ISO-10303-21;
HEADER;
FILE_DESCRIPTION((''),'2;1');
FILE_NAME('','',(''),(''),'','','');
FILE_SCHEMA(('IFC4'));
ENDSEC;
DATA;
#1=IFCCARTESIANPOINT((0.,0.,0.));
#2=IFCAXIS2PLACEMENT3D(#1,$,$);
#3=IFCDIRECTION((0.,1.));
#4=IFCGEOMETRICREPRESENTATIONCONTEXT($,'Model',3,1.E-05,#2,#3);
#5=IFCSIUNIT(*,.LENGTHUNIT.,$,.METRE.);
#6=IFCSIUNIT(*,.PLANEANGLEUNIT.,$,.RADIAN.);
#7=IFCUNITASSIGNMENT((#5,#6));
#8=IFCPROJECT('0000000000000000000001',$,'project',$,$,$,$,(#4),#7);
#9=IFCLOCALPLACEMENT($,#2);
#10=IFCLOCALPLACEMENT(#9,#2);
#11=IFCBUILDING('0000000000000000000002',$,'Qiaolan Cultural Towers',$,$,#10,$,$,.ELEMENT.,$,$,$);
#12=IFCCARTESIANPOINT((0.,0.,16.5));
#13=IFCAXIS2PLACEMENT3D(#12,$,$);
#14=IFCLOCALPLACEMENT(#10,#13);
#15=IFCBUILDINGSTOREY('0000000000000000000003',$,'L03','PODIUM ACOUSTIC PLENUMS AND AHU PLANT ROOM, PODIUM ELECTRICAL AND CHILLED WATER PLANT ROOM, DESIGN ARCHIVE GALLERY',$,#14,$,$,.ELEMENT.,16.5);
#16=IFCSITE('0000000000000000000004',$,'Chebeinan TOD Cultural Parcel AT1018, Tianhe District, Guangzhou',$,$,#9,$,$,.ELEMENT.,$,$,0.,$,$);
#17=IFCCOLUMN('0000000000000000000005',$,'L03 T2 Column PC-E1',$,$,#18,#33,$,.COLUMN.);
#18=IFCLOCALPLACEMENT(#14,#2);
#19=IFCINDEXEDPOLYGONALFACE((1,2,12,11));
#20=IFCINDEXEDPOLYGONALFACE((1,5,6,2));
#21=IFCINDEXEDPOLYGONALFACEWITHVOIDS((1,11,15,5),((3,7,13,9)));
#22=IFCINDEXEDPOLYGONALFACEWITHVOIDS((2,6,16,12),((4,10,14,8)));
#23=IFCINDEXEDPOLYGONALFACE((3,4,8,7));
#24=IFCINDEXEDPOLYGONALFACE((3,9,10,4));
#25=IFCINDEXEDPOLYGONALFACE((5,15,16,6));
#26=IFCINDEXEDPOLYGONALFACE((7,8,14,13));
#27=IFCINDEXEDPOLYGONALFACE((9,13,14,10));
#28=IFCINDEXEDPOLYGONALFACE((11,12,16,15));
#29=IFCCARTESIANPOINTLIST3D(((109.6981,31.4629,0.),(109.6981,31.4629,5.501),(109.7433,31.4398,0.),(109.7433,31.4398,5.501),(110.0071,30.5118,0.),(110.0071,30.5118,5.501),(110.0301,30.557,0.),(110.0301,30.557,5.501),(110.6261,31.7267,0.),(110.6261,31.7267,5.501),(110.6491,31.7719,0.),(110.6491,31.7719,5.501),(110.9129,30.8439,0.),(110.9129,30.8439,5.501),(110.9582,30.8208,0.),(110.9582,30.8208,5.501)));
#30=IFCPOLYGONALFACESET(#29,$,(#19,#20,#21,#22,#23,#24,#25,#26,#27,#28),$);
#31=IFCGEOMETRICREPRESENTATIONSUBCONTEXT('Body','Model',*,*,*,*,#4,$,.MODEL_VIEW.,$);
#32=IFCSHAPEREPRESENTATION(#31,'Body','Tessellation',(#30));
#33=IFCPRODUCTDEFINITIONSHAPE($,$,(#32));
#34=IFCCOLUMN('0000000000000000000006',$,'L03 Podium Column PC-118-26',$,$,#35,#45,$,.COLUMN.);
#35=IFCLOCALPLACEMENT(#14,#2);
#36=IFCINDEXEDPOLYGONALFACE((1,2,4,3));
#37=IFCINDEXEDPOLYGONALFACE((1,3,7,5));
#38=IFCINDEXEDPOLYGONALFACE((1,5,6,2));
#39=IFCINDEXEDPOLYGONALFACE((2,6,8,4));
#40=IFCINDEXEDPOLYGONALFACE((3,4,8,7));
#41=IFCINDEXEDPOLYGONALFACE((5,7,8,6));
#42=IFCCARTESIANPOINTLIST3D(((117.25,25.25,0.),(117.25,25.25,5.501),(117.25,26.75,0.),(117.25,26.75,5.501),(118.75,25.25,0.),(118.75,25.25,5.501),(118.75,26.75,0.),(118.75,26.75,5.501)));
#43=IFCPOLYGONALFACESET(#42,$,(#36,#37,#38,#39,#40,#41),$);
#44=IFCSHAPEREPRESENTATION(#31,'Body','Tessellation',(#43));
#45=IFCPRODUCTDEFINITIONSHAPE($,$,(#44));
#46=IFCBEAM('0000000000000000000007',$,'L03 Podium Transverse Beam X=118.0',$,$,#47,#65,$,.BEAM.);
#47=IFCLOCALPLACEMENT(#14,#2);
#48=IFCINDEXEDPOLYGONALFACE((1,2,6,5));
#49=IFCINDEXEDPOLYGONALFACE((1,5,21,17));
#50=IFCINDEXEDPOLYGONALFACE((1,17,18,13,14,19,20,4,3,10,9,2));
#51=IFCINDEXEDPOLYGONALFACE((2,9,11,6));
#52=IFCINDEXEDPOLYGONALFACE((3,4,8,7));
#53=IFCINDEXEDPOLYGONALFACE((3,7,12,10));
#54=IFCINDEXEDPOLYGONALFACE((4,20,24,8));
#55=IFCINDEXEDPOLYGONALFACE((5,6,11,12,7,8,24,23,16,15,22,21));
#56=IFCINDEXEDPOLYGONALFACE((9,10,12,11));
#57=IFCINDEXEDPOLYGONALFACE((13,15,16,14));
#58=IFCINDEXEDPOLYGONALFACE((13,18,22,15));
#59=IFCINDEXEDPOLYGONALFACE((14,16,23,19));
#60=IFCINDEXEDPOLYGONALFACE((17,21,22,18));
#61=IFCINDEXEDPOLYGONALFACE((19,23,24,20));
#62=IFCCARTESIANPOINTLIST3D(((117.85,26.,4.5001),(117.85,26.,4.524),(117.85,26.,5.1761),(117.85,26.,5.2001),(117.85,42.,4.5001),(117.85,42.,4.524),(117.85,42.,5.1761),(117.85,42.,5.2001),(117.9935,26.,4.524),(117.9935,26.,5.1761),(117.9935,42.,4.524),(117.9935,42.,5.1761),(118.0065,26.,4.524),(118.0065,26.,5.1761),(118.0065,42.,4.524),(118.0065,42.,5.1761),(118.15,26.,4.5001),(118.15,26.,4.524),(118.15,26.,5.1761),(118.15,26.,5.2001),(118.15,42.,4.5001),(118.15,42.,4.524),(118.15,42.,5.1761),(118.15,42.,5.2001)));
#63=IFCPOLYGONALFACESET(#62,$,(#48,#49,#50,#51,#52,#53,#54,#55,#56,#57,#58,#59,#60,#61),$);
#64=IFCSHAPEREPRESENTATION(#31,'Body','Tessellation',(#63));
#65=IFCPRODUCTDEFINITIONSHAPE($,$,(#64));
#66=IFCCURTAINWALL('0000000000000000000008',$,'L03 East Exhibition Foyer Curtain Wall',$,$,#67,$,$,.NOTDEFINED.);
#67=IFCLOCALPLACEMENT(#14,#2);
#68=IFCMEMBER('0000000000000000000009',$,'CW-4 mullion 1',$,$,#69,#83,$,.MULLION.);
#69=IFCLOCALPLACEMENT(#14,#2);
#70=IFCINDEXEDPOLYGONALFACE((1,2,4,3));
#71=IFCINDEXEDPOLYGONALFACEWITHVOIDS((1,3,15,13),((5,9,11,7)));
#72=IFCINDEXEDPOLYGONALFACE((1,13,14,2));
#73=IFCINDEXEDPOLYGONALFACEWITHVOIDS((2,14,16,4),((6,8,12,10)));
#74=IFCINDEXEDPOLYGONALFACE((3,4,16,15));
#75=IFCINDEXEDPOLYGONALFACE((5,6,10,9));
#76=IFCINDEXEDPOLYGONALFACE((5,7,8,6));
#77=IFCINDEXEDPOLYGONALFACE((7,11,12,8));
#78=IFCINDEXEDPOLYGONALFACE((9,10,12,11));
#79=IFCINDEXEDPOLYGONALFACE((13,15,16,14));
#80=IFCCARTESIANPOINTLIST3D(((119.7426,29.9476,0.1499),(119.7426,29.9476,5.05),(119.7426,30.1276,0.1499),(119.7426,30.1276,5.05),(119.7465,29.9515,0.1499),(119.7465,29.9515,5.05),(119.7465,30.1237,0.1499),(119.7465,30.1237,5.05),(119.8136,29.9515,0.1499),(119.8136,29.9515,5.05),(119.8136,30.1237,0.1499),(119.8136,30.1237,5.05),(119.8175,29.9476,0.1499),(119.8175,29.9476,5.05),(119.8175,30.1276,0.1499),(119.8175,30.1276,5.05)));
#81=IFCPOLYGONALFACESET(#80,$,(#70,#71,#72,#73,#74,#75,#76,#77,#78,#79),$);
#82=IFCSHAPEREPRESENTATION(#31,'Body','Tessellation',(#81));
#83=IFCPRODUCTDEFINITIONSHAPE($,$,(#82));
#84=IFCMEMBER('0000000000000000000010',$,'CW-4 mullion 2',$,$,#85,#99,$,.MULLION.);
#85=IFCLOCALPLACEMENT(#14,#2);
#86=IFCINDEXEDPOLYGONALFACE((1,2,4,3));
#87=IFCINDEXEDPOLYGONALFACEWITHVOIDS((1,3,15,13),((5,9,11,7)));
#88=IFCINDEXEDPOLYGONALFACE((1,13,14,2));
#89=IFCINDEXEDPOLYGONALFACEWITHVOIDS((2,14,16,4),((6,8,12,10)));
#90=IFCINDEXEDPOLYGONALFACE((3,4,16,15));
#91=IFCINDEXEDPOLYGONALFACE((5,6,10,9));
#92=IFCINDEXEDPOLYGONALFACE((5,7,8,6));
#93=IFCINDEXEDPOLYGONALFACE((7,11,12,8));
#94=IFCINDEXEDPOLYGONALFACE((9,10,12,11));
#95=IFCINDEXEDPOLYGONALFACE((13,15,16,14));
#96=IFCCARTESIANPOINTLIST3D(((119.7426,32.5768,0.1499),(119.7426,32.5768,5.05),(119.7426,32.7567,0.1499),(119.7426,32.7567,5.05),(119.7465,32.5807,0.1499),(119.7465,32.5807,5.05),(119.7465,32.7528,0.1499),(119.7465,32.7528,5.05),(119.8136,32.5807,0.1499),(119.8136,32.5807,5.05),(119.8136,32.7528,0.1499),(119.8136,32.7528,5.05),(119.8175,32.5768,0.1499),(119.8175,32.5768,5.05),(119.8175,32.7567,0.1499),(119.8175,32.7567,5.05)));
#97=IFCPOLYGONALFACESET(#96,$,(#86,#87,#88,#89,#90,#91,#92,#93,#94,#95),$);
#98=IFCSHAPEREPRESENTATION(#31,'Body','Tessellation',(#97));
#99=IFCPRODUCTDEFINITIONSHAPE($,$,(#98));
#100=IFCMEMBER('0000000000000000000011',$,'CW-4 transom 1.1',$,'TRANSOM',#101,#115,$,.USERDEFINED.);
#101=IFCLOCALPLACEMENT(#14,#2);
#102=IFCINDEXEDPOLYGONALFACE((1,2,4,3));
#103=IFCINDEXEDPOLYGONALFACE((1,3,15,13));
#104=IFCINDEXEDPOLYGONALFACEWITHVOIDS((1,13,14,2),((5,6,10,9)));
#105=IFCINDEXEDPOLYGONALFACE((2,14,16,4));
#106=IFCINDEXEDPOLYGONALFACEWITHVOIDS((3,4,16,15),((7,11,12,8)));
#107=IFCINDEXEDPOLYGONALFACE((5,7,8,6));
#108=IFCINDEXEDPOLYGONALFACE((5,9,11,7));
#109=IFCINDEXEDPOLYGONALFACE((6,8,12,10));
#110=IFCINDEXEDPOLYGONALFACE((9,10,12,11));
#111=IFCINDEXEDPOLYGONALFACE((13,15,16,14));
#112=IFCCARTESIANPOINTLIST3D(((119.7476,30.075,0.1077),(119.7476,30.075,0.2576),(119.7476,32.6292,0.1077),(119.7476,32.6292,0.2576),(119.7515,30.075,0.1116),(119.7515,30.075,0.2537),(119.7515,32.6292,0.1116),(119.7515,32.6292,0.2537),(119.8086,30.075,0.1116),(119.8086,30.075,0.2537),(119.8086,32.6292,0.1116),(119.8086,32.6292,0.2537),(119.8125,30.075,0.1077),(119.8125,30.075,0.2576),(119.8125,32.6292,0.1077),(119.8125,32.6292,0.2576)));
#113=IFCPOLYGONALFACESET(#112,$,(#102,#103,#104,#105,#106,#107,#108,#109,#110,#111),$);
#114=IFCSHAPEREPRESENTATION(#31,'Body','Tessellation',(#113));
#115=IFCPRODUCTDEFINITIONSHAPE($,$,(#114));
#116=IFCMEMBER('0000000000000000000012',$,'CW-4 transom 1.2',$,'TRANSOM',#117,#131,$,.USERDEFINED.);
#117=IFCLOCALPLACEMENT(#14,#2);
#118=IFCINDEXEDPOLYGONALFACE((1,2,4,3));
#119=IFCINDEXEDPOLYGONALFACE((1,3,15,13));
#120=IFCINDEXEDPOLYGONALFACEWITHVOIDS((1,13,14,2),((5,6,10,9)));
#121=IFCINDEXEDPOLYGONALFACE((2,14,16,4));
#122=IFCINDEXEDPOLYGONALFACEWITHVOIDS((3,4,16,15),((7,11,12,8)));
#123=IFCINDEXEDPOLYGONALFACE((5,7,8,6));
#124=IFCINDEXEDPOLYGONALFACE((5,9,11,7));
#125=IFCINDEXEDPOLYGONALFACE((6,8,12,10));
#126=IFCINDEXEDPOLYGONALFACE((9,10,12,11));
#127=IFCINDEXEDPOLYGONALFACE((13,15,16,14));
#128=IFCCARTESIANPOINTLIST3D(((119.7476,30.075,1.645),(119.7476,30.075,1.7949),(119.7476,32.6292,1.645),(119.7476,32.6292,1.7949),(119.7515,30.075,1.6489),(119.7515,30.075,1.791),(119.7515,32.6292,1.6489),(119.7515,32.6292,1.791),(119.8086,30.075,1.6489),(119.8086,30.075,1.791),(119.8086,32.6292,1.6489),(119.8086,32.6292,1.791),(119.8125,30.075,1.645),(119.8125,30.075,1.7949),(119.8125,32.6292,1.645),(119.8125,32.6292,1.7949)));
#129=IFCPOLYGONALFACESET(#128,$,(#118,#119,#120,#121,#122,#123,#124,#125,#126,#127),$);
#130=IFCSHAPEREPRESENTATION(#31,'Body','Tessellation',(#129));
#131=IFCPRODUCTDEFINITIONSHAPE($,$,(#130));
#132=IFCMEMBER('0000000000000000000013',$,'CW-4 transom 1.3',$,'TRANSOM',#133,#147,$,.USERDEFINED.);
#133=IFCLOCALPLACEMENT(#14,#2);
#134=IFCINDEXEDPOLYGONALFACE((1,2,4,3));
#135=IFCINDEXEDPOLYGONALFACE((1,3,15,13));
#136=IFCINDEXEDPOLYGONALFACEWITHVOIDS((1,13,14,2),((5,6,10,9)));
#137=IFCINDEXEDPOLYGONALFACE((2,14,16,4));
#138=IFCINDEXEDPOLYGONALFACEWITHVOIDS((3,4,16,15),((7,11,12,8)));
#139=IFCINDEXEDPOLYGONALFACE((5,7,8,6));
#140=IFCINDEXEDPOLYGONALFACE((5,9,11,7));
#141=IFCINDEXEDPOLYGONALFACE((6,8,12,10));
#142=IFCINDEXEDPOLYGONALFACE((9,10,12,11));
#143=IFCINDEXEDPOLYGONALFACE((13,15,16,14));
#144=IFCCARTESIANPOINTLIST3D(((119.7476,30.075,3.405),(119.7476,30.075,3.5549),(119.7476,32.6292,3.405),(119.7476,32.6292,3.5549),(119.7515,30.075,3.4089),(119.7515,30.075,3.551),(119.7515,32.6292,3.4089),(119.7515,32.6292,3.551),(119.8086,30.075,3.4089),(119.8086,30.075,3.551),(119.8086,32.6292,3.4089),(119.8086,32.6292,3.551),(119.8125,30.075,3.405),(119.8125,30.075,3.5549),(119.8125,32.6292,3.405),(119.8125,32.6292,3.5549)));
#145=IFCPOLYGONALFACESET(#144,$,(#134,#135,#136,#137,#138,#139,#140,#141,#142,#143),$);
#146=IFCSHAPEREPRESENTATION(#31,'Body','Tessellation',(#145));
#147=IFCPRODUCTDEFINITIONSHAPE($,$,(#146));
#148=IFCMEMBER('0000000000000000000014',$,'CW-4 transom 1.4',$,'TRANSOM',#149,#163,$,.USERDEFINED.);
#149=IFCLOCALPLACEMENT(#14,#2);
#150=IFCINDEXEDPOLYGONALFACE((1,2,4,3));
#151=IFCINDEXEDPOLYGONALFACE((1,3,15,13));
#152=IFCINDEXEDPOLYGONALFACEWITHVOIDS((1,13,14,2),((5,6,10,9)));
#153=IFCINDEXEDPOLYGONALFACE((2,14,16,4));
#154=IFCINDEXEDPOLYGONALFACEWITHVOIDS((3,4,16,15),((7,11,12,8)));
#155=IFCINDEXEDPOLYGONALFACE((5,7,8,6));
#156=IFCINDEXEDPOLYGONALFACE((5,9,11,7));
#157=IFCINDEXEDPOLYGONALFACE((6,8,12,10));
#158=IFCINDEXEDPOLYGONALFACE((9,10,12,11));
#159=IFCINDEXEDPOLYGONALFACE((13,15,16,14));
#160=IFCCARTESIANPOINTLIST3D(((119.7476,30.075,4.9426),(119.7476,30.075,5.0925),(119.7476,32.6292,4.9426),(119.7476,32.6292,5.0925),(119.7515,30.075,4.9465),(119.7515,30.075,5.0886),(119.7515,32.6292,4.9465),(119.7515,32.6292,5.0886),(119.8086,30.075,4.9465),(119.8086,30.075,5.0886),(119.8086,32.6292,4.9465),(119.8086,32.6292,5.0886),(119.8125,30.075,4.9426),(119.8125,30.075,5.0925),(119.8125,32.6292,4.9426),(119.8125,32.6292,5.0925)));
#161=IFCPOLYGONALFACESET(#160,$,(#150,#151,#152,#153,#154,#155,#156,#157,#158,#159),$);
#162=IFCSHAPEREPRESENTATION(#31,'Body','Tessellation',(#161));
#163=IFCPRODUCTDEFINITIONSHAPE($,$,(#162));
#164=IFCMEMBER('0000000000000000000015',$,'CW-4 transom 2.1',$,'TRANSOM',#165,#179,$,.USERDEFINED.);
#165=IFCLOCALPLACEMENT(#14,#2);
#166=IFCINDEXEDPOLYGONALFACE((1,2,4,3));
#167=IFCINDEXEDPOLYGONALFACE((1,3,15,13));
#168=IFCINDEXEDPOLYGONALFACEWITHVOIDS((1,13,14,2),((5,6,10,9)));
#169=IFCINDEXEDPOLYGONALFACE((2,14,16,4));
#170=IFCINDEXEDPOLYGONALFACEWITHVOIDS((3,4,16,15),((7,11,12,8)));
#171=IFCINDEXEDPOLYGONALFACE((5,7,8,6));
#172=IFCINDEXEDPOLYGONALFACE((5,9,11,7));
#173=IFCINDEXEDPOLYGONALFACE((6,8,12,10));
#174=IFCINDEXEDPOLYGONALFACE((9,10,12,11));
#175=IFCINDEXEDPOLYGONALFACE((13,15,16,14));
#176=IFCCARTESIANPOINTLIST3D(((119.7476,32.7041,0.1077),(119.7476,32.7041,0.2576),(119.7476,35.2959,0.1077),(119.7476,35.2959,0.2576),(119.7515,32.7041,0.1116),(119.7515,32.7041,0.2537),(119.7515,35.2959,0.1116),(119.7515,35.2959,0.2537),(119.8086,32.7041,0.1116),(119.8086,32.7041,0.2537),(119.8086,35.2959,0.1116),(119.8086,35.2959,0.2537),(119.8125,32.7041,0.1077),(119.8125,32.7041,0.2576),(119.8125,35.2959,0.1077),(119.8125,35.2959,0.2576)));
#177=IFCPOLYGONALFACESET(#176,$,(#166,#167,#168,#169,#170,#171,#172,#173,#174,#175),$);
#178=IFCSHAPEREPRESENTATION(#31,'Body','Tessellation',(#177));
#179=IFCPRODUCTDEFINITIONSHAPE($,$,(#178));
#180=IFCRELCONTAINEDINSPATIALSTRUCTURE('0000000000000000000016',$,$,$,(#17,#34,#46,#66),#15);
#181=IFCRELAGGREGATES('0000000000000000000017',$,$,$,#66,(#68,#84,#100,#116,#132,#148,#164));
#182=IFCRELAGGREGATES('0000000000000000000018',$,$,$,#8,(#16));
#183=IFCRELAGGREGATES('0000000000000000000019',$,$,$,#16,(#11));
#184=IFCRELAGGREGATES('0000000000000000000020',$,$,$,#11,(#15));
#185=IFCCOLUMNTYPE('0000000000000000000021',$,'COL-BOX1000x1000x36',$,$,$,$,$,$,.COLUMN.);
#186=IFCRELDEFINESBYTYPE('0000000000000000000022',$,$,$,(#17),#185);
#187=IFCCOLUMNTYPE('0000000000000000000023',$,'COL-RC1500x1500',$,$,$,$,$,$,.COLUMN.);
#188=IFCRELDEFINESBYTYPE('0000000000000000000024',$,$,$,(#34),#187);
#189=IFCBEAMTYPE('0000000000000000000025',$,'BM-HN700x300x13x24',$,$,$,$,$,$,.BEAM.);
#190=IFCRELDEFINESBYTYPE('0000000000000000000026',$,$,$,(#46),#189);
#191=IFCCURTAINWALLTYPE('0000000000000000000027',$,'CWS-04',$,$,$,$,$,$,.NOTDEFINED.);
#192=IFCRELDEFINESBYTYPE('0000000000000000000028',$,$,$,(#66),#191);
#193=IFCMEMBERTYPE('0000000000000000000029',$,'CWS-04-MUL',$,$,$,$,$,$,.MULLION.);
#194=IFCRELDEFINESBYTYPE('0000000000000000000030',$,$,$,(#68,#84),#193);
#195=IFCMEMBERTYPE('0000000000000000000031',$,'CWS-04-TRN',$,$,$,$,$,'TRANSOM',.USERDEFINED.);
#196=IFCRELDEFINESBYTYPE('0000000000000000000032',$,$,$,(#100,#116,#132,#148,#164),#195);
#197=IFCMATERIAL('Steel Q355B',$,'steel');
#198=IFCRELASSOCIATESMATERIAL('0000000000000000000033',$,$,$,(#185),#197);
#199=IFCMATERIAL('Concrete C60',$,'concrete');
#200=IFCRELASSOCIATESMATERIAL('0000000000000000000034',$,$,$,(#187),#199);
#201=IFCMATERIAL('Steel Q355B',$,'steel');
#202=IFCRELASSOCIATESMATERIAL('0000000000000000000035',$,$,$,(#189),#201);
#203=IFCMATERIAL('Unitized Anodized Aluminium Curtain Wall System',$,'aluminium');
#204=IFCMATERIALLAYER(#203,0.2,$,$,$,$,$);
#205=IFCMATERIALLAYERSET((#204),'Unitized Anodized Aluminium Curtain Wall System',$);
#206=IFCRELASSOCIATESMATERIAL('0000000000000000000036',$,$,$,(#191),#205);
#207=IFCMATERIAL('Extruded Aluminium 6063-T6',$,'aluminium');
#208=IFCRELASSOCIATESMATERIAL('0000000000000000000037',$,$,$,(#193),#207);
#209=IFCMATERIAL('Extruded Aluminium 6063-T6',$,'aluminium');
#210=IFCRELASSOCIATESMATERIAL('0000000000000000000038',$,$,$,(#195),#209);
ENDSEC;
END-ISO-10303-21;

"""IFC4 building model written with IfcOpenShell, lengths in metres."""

from ifc_helpers import new_model, si_unit, direction, frame, origin, origin_2d, place, context, subcontext, project, spatial, rectangle, hollow_rectangle, i_section, extrude, material, layer, layer_set, material_profile, profile_set, type_object, element, aggregate, save


model = new_model("IFC4")

# Units and contexts
model_context = context("Model", 3, precision=1e-05, world=origin(), true_north=direction((0.0, 1.0)))
body_context = subcontext(model_context, "Body", "Model", "MODEL_VIEW")
ifc_project = project(units=[si_unit("LENGTHUNIT", "METRE"), si_unit("PLANEANGLEUNIT", "RADIAN")], contexts=[model_context])

# Site, building, storey
site_placement = place(None, origin())
site = spatial("IfcSite", under=ifc_project, at=site_placement, Name="Chebeinan TOD Cultural Parcel AT1018, Tianhe District, Guangzhou", CompositionType="ELEMENT", RefElevation=0.0)
building_placement = place(site_placement, origin())
building = spatial("IfcBuilding", under=site, at=building_placement, Name="Qiaolan Cultural Towers", CompositionType="ELEMENT")
storey_placement = place(building_placement, frame((0.0, 0.0, 16.5)))
storey = spatial("IfcBuildingStorey", under=building, at=storey_placement, Name="L03", Description="PODIUM ACOUSTIC PLENUMS AND AHU PLANT ROOM, PODIUM ELECTRICAL AND CHILLED WATER PLANT ROOM, DESIGN ARCHIVE GALLERY", CompositionType="ELEMENT", Elevation=16.5)

# Columns
ifc_material_1 = material(Name="Steel Q355B", Category="steel")
ifc_material_profile_1 = material_profile(ifc_material_1, hollow_rectangle(XDim=1.0, YDim=1.0, WallThickness=0.0359, at=origin_2d()), Name="BOX1000x1000x36")
ifc_profile_set_1 = profile_set([ifc_material_profile_1], Name="Steel Q355B")
column_type_1 = type_object("IfcColumnType", Name="COL-BOX1000x1000x36", PredefinedType="COLUMN", material=ifc_profile_set_1)
column_1_placement = place(storey_placement, frame((110.3281, 31.1418, 0.0), z_axis=(0.0, 0.0, 1.0), x_axis=(0.951057, 0.309017, 0.0)))
element("IfcColumn", 1, at=column_1_placement, inside=storey, type_object=column_type_1, Name="L03 T2 Column PC-E1", PredefinedType="COLUMN", context=body_context, shape_type="SweptSolid", body=[
    extrude(hollow_rectangle(XDim=1.0, YDim=1.0, WallThickness=0.0359, at=origin_2d()), origin(), (0.0, 0.0, 1.0), 5.501),
])
ifc_material_2 = material(Name="Concrete C60", Category="concrete")
ifc_material_profile_2 = material_profile(ifc_material_2, rectangle(XDim=1.5, YDim=1.5, at=origin_2d()), Name="RC1500x1500")
ifc_profile_set_2 = profile_set([ifc_material_profile_2], Name="Concrete C60")
column_type_2 = type_object("IfcColumnType", Name="COL-RC1500x1500", PredefinedType="COLUMN", material=ifc_profile_set_2)
column_2_placement = place(storey_placement, frame((118.0, 26.0, 0.0), z_axis=(0.0, 0.0, 1.0), x_axis=(1.0, 0.0, 0.0)))
element("IfcColumn", 2, at=column_2_placement, inside=storey, type_object=column_type_2, Name="L03 Podium Column PC-118-26", PredefinedType="COLUMN", context=body_context, shape_type="SweptSolid", body=[
    extrude(rectangle(XDim=1.5, YDim=1.5, at=origin_2d()), origin(), (0.0, 0.0, 1.0), 5.501),
])

# Beam
ifc_material_3 = material(Name="Steel Q355B", Category="steel")
ifc_material_profile_3 = material_profile(ifc_material_3, i_section(OverallWidth=0.3, OverallDepth=0.7, WebThickness=0.0129, FlangeThickness=0.0239, at=origin_2d()), Name="HN700x300x13x24")
ifc_profile_set_3 = profile_set([ifc_material_profile_3], Name="Steel Q355B")
beam_type = type_object("IfcBeamType", Name="BM-HN700x300x13x24", PredefinedType="BEAM", material=ifc_profile_set_3)
beam_placement = place(storey_placement, frame((118.0, 26.0, 4.8501), z_axis=(0.0, 1.0, 0.0), x_axis=(-1.0, 0.0, 0.0)))
element("IfcBeam", 3, at=beam_placement, inside=storey, type_object=beam_type, Name="L03 Podium Transverse Beam X=118.0", PredefinedType="BEAM", context=body_context, shape_type="SweptSolid", body=[
    extrude(i_section(OverallWidth=0.3, OverallDepth=0.7, WebThickness=0.0129, FlangeThickness=0.0239, at=origin_2d()), origin(), (0.0, 0.0, 1.0), 16.0),
])

# Curtain wall, members
ifc_material_4 = material(Name="Unitized Anodized Aluminium Curtain Wall System", Category="aluminium")
ifc_layer_1 = layer(ifc_material_4, 0.2)
ifc_layer_set_1 = layer_set([ifc_layer_1], Name="Unitized Anodized Aluminium Curtain Wall System")
curtain_wall_type = type_object("IfcCurtainWallType", Name="CWS-04", PredefinedType="NOTDEFINED", material=ifc_layer_set_1)
curtain_wall_placement = place(storey_placement, origin())
curtain_wall = element("IfcCurtainWall", 4, at=curtain_wall_placement, inside=storey, type_object=curtain_wall_type, Name="L03 East Exhibition Foyer Curtain Wall", PredefinedType="NOTDEFINED")
ifc_material_5 = material(Name="Extruded Aluminium 6063-T6", Category="aluminium")
ifc_material_profile_4 = material_profile(ifc_material_5, hollow_rectangle(XDim=0.075, YDim=0.1799, WallThickness=0.0039, at=origin_2d()), Name="CWM-180x75x4")
ifc_profile_set_4 = profile_set([ifc_material_profile_4], Name="Extruded Aluminium 6063-T6")
member_type_1 = type_object("IfcMemberType", Name="CWS-04-MUL", PredefinedType="MULLION", material=ifc_profile_set_4)
member_1_placement = place(storey_placement, frame((119.78, 30.0376, 0.1499), z_axis=(0.0, 0.0, 1.0), x_axis=(-1.0, 0.0, 0.0)))
member_1 = element("IfcMember", 5, at=member_1_placement, type_object=member_type_1, Name="CW-4 mullion 1", PredefinedType="MULLION", context=body_context, shape_type="SweptSolid", body=[
    extrude(hollow_rectangle(XDim=0.075, YDim=0.1799, WallThickness=0.0039, at=origin_2d()), origin(), (0.0, 0.0, 1.0), 4.9001),
])
member_2_placement = place(storey_placement, frame((119.78, 32.6667, 0.1499), z_axis=(0.0, 0.0, 1.0), x_axis=(-1.0, 0.0, 0.0)))
member_2 = element("IfcMember", 6, at=member_2_placement, type_object=member_type_1, Name="CW-4 mullion 2", PredefinedType="MULLION", context=body_context, shape_type="SweptSolid", body=[
    extrude(hollow_rectangle(XDim=0.075, YDim=0.1799, WallThickness=0.0039, at=origin_2d()), origin(), (0.0, 0.0, 1.0), 4.9001),
])
ifc_material_6 = material(Name="Extruded Aluminium 6063-T6", Category="aluminium")
ifc_material_profile_5 = material_profile(ifc_material_6, hollow_rectangle(XDim=0.0649, YDim=0.1499, WallThickness=0.0039, at=origin_2d()), Name="CWT-150x65x4")
ifc_profile_set_5 = profile_set([ifc_material_profile_5], Name="Extruded Aluminium 6063-T6")
member_type_2 = type_object("IfcMemberType", Name="CWS-04-TRN", ElementType="TRANSOM", PredefinedType="USERDEFINED", material=ifc_profile_set_5)
member_3_placement = place(storey_placement, frame((119.78, 30.075, 0.1826), z_axis=(0.0, 1.0, 0.0), x_axis=(-1.0, 0.0, 0.0)))
member_3 = element("IfcMember", 7, at=member_3_placement, type_object=member_type_2, Name="CW-4 transom 1.1", ObjectType="TRANSOM", PredefinedType="USERDEFINED", context=body_context, shape_type="SweptSolid", body=[
    extrude(hollow_rectangle(XDim=0.0649, YDim=0.1499, WallThickness=0.0039, at=origin_2d()), origin(), (0.0, 0.0, 1.0), 2.5542),
])
member_4_placement = place(storey_placement, frame((119.78, 30.075, 1.72), z_axis=(0.0, 1.0, 0.0), x_axis=(-1.0, 0.0, 0.0)))
member_4 = element("IfcMember", 8, at=member_4_placement, type_object=member_type_2, Name="CW-4 transom 1.2", ObjectType="TRANSOM", PredefinedType="USERDEFINED", context=body_context, shape_type="SweptSolid", body=[
    extrude(hollow_rectangle(XDim=0.0649, YDim=0.1499, WallThickness=0.0039, at=origin_2d()), origin(), (0.0, 0.0, 1.0), 2.5542),
])
member_5_placement = place(storey_placement, frame((119.78, 30.075, 3.48), z_axis=(0.0, 1.0, 0.0), x_axis=(-1.0, 0.0, 0.0)))
member_5 = element("IfcMember", 9, at=member_5_placement, type_object=member_type_2, Name="CW-4 transom 1.3", ObjectType="TRANSOM", PredefinedType="USERDEFINED", context=body_context, shape_type="SweptSolid", body=[
    extrude(hollow_rectangle(XDim=0.0649, YDim=0.1499, WallThickness=0.0039, at=origin_2d()), origin(), (0.0, 0.0, 1.0), 2.5542),
])
member_6_placement = place(storey_placement, frame((119.78, 30.075, 5.0176), z_axis=(0.0, 1.0, 0.0), x_axis=(-1.0, 0.0, 0.0)))
member_6 = element("IfcMember", 10, at=member_6_placement, type_object=member_type_2, Name="CW-4 transom 1.4", ObjectType="TRANSOM", PredefinedType="USERDEFINED", context=body_context, shape_type="SweptSolid", body=[
    extrude(hollow_rectangle(XDim=0.0649, YDim=0.1499, WallThickness=0.0039, at=origin_2d()), origin(), (0.0, 0.0, 1.0), 2.5542),
])
member_7_placement = place(storey_placement, frame((119.78, 32.7041, 0.1826), z_axis=(0.0, 1.0, 0.0), x_axis=(-1.0, 0.0, 0.0)))
member_7 = element("IfcMember", 11, at=member_7_placement, type_object=member_type_2, Name="CW-4 transom 2.1", ObjectType="TRANSOM", PredefinedType="USERDEFINED", context=body_context, shape_type="SweptSolid", body=[
    extrude(hollow_rectangle(XDim=0.0649, YDim=0.1499, WallThickness=0.0039, at=origin_2d()), origin(), (0.0, 0.0, 1.0), 2.5918),
])
aggregate(curtain_wall, [member_1, member_2, member_3, member_4, member_5, member_6, member_7])

save(model, "model.ifc")
